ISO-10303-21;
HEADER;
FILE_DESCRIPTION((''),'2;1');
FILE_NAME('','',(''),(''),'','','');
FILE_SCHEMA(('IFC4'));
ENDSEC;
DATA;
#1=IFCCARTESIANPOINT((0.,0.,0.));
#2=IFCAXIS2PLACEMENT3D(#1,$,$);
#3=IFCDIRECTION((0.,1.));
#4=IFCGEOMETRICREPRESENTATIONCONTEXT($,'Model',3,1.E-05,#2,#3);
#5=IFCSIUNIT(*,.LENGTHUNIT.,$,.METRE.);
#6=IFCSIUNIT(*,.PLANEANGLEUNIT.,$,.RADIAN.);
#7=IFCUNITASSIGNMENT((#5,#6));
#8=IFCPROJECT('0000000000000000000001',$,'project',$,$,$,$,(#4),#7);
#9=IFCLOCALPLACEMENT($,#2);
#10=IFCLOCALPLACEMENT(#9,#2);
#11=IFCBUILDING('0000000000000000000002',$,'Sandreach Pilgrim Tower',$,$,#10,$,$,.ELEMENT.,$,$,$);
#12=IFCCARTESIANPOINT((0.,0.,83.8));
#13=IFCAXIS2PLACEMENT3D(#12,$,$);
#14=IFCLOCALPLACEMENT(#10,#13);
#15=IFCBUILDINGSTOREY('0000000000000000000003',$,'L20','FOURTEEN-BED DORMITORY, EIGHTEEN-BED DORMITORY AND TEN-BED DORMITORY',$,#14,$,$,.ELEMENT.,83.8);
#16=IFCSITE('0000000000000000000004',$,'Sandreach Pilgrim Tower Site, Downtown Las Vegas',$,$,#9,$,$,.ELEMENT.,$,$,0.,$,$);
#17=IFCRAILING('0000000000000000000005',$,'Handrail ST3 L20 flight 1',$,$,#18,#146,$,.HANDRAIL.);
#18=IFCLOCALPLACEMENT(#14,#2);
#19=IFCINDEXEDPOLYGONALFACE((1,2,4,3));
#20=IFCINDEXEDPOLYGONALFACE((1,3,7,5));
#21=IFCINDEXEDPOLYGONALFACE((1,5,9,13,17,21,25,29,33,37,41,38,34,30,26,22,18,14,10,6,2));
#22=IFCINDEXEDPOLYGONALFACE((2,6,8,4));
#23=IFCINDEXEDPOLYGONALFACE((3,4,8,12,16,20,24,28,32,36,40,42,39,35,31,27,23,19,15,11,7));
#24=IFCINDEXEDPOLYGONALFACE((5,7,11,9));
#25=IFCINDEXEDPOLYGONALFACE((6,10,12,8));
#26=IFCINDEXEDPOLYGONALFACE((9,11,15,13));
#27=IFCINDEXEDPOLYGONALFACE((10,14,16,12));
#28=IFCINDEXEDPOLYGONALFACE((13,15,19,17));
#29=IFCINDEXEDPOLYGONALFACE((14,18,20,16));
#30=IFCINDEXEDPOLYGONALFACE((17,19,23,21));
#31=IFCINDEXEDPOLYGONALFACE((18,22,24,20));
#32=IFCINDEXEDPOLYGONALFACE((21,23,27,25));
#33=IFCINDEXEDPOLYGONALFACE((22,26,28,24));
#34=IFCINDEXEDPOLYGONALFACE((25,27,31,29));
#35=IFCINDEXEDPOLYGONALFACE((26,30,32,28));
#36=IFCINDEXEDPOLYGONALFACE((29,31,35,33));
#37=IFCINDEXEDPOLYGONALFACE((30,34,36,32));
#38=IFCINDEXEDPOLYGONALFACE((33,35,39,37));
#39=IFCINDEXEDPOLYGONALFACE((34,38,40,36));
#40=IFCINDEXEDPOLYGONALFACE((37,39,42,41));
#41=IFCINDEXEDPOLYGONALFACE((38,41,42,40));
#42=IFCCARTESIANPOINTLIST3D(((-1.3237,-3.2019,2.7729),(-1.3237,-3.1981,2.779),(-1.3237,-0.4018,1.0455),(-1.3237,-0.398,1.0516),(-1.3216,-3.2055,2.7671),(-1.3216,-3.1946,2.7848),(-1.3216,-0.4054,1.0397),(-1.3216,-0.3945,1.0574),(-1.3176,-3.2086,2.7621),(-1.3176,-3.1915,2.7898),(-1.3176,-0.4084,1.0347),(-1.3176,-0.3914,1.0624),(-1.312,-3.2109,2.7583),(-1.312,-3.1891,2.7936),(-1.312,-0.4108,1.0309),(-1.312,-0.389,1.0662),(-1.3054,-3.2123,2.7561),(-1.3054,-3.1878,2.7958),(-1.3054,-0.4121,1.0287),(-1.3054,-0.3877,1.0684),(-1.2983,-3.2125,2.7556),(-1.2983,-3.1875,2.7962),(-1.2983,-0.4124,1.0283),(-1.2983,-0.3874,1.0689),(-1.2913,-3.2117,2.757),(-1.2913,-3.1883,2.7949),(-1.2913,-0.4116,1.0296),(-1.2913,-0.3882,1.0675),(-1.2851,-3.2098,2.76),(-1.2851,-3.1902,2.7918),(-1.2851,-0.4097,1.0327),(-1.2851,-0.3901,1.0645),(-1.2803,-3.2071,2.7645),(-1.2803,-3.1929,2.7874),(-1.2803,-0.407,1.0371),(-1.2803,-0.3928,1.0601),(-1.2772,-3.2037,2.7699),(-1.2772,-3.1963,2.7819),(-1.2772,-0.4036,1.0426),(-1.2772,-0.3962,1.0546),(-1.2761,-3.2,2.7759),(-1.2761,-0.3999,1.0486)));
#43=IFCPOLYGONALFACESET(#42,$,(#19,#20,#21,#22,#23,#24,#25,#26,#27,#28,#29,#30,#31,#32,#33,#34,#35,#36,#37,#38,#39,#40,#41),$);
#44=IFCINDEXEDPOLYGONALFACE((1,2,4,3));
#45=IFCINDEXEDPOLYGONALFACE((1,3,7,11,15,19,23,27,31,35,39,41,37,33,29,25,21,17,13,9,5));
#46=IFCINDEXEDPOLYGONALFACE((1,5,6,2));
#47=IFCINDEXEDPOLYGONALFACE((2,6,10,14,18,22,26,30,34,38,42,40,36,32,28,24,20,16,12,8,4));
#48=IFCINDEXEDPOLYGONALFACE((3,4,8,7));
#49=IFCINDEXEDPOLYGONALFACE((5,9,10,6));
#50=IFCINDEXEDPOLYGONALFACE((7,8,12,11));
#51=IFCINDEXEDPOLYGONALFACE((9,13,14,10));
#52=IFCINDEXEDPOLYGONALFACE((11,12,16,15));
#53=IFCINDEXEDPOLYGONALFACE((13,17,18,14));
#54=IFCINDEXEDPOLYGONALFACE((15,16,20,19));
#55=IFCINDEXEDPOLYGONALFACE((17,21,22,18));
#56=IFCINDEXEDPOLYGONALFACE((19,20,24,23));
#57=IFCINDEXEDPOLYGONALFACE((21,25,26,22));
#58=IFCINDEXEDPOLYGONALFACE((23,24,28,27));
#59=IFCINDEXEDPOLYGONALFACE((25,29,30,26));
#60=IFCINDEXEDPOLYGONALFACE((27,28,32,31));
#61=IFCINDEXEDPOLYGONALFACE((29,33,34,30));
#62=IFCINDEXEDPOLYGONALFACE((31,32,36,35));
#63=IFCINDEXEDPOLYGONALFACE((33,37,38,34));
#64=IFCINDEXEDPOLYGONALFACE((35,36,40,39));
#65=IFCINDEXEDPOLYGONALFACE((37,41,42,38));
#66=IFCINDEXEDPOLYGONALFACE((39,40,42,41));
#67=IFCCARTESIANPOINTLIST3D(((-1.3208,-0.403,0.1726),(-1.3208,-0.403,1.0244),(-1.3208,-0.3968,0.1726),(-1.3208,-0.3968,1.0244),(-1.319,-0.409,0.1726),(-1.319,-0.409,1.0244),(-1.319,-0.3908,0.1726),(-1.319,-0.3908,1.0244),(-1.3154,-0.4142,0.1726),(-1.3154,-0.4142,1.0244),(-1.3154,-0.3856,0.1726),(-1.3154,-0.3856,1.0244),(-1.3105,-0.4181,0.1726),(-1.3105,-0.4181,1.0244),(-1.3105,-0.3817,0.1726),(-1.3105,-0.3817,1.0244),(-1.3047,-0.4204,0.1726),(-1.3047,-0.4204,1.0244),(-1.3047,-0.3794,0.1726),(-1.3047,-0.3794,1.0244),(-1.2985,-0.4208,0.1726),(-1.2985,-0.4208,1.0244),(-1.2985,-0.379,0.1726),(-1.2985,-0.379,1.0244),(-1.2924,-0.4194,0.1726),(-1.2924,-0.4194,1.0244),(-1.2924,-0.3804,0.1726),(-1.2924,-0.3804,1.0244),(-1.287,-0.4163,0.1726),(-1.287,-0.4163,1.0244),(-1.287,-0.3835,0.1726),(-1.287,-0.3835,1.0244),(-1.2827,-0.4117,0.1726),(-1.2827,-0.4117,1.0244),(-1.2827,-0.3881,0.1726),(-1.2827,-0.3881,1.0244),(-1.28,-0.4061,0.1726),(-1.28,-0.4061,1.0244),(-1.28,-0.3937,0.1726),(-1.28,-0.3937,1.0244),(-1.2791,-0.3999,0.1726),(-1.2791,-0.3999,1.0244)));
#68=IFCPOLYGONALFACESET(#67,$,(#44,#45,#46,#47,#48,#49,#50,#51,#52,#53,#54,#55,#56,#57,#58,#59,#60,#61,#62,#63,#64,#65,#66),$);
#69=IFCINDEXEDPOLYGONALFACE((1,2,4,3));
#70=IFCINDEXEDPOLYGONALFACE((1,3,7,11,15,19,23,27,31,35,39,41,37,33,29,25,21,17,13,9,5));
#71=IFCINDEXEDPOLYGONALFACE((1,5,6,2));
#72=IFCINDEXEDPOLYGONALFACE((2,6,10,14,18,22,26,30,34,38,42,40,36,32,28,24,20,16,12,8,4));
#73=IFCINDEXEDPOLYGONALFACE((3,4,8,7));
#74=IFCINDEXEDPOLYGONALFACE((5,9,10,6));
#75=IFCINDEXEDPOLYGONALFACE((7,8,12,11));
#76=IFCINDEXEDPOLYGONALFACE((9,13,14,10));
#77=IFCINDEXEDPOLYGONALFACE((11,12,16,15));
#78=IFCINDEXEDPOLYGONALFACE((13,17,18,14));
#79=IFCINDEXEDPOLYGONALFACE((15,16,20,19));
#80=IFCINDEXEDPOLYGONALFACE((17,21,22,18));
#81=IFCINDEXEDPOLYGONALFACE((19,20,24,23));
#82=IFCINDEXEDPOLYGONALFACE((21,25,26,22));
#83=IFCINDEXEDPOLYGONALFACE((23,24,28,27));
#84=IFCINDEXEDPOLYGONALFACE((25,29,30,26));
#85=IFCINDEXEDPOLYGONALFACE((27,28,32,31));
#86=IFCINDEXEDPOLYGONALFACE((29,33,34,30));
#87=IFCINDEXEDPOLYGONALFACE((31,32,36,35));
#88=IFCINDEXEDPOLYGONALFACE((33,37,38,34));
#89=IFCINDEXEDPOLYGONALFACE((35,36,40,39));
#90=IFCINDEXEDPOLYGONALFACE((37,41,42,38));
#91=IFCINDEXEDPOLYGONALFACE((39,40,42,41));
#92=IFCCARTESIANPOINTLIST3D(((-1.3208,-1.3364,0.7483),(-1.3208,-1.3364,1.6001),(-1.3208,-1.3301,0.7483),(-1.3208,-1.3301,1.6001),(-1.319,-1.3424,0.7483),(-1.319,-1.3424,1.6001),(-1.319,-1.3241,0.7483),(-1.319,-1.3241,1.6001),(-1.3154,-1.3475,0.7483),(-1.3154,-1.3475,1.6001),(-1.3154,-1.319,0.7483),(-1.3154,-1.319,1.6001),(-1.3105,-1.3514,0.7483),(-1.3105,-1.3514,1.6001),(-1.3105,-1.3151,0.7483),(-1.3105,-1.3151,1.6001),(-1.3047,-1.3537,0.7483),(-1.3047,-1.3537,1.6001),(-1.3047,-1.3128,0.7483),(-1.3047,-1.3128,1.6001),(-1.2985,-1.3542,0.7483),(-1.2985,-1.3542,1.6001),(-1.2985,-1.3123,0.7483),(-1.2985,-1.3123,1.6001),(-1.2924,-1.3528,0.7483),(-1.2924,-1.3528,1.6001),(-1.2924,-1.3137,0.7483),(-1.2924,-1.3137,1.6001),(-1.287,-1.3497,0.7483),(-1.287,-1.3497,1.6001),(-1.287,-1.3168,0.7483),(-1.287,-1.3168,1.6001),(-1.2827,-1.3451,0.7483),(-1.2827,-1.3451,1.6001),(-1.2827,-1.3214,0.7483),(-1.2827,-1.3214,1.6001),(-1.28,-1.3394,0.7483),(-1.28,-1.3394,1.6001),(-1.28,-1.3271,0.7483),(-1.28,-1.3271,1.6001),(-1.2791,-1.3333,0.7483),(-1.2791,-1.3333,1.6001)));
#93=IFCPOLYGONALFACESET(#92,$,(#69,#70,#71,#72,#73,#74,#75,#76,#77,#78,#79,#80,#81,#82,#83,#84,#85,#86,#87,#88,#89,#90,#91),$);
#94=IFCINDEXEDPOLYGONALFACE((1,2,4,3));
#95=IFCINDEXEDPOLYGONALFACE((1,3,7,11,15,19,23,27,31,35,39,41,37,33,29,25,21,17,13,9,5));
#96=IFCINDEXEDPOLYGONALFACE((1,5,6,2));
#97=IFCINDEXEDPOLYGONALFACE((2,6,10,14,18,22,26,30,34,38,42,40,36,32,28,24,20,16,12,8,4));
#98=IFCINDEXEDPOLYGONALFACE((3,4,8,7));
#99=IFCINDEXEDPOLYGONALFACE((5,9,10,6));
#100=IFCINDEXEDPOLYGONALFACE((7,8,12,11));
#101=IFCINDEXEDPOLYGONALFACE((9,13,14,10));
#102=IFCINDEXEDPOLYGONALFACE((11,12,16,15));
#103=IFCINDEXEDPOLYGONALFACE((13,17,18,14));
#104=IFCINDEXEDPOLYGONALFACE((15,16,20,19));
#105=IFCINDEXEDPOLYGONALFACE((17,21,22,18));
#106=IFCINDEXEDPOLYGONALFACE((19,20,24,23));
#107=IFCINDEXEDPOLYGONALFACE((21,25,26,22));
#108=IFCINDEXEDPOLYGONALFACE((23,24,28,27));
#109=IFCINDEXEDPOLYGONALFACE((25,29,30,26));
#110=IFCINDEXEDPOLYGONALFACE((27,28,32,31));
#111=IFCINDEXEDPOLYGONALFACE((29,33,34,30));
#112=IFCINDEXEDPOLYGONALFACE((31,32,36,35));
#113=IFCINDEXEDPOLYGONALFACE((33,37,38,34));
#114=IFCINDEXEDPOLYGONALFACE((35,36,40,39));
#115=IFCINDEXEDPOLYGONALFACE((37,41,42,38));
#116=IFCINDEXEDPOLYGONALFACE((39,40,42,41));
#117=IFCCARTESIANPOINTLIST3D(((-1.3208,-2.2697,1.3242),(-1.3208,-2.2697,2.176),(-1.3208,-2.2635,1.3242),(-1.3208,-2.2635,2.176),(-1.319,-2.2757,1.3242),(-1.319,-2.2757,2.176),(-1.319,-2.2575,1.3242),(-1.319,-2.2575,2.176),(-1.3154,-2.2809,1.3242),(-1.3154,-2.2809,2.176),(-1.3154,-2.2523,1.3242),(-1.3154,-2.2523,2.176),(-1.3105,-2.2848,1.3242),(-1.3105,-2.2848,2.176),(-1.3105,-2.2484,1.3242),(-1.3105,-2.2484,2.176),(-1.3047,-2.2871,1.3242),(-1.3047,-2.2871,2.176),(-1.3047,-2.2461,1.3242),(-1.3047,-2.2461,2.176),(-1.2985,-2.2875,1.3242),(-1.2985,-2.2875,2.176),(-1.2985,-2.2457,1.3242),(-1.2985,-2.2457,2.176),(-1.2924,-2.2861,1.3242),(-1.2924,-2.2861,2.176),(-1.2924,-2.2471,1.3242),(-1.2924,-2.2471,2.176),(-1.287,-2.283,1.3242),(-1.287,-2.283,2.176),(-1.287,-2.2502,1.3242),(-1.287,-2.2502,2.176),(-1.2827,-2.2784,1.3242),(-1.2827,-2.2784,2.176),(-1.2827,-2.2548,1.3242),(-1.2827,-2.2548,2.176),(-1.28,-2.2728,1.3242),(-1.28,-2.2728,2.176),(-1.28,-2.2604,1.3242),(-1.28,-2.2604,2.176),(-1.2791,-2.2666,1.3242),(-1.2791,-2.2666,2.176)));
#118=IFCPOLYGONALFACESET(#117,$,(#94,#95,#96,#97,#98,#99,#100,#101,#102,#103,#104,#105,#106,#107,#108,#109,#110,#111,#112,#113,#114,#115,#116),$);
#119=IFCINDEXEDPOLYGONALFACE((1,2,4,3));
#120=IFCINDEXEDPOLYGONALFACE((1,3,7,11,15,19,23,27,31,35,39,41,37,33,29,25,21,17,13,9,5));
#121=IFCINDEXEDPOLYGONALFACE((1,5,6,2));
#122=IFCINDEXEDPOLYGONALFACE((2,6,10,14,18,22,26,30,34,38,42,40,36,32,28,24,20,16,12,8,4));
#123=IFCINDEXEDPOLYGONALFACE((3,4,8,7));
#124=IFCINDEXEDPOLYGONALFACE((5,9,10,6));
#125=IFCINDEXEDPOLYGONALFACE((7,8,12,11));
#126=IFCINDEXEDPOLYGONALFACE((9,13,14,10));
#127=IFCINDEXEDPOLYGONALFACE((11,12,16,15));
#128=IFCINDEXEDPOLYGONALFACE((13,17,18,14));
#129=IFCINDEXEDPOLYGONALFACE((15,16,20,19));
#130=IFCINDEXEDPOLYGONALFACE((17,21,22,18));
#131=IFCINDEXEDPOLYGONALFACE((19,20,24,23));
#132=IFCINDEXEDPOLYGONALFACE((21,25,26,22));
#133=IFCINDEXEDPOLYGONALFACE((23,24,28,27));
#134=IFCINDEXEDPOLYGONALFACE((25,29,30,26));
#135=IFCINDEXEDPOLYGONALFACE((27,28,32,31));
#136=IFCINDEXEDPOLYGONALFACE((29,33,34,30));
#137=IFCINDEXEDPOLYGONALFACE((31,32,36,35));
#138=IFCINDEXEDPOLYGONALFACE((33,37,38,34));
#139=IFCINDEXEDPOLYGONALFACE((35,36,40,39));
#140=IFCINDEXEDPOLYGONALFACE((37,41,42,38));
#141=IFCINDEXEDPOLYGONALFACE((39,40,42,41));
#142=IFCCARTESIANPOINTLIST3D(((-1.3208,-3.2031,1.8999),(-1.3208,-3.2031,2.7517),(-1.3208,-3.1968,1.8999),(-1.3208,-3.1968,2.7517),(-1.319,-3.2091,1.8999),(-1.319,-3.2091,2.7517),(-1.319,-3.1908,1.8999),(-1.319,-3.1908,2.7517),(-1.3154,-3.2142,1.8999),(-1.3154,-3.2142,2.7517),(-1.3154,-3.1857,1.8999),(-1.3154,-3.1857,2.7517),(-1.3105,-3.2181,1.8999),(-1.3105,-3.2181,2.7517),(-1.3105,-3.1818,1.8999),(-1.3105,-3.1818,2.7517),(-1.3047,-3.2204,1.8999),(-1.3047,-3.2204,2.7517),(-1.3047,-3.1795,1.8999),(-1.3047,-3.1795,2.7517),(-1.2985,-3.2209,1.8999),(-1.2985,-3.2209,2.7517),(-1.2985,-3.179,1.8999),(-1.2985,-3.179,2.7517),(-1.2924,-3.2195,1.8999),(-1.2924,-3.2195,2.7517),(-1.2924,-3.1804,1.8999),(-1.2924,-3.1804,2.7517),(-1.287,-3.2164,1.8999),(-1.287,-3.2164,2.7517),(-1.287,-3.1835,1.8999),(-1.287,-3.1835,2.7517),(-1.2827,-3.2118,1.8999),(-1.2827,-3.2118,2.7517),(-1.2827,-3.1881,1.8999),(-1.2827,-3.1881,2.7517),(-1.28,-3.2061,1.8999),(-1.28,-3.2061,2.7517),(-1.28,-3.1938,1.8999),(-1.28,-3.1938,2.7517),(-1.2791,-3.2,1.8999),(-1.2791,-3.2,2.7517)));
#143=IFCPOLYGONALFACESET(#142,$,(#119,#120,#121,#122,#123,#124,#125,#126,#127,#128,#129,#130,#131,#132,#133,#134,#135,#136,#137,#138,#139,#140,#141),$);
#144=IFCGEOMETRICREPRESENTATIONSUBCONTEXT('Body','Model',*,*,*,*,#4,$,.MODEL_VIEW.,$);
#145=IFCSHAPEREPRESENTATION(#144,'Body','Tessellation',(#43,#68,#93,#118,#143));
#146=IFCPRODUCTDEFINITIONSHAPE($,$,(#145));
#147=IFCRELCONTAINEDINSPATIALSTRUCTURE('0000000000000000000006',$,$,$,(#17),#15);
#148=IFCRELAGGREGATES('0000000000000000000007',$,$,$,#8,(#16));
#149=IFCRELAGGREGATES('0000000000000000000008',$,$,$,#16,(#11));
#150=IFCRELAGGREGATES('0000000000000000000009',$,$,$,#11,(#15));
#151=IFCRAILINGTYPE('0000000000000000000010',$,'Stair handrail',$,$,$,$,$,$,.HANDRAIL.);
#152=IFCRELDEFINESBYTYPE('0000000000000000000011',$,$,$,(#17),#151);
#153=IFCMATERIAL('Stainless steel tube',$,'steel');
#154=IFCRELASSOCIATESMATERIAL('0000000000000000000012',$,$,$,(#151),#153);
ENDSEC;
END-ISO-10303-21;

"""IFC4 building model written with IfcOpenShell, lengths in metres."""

from ifc_helpers import new_model, si_unit, direction, frame, origin, origin_2d, place, context, subcontext, project, spatial, circle, extrude, material, type_object, element, save


model = new_model("IFC4")

# Units and contexts
model_context = context("Model", 3, precision=1e-05, world=origin(), true_north=direction((0.0, 1.0)))
body_context = subcontext(model_context, "Body", "Model", "MODEL_VIEW")
ifc_project = project(units=[si_unit("LENGTHUNIT", "METRE"), si_unit("PLANEANGLEUNIT", "RADIAN")], contexts=[model_context])

# Site, building, storey
site_placement = place(None, origin())
site = spatial("IfcSite", under=ifc_project, at=site_placement, Name="Sandreach Pilgrim Tower Site, Downtown Las Vegas", CompositionType="ELEMENT", RefElevation=0.0)
building_placement = place(site_placement, origin())
building = spatial("IfcBuilding", under=site, at=building_placement, Name="Sandreach Pilgrim Tower", CompositionType="ELEMENT")
storey_placement = place(building_placement, frame((0.0, 0.0, 83.8)))
storey = spatial("IfcBuildingStorey", under=building, at=storey_placement, Name="L20", Description="FOURTEEN-BED DORMITORY, EIGHTEEN-BED DORMITORY AND TEN-BED DORMITORY", CompositionType="ELEMENT", Elevation=83.8)

# Railing
ifc_material_1 = material(Name="Stainless steel tube", Category="steel")
railing_type = type_object("IfcRailingType", Name="Stair handrail", PredefinedType="HANDRAIL", material=ifc_material_1)
for number, where, name in (
    (1, (-1.3, -0.3999, 0.1726), "Handrail ST3 L20 flight 1"),
):
    element("IfcRailing", number, at=place(storey_placement, frame(where)), inside=storey, type_object=railing_type, Name=name, PredefinedType="HANDRAIL", context=body_context, shape_type="SweptSolid", body=[
        extrude(circle(Radius=0.0239, at=origin_2d()), frame((0.0, 0.0, 0.876), z_axis=(0.0, -0.85109, 0.52502), x_axis=(1.0, 0.0, 0.0)), (0.0, 0.0, 1.0), 3.29),
        extrude(circle(Radius=0.021, at=origin_2d()), origin(), (0.0, 0.0, 1.0), 0.8518),
        extrude(circle(Radius=0.021, at=origin_2d()), frame((0.0, -0.9333, 0.5757)), (0.0, 0.0, 1.0), 0.8518),
        extrude(circle(Radius=0.021, at=origin_2d()), frame((0.0, -1.8667, 1.1516)), (0.0, 0.0, 1.0), 0.8518),
        extrude(circle(Radius=0.021, at=origin_2d()), frame((0.0, -2.8, 1.7273)), (0.0, 0.0, 1.0), 0.8518),
    ])

save(model, "model.ifc")
